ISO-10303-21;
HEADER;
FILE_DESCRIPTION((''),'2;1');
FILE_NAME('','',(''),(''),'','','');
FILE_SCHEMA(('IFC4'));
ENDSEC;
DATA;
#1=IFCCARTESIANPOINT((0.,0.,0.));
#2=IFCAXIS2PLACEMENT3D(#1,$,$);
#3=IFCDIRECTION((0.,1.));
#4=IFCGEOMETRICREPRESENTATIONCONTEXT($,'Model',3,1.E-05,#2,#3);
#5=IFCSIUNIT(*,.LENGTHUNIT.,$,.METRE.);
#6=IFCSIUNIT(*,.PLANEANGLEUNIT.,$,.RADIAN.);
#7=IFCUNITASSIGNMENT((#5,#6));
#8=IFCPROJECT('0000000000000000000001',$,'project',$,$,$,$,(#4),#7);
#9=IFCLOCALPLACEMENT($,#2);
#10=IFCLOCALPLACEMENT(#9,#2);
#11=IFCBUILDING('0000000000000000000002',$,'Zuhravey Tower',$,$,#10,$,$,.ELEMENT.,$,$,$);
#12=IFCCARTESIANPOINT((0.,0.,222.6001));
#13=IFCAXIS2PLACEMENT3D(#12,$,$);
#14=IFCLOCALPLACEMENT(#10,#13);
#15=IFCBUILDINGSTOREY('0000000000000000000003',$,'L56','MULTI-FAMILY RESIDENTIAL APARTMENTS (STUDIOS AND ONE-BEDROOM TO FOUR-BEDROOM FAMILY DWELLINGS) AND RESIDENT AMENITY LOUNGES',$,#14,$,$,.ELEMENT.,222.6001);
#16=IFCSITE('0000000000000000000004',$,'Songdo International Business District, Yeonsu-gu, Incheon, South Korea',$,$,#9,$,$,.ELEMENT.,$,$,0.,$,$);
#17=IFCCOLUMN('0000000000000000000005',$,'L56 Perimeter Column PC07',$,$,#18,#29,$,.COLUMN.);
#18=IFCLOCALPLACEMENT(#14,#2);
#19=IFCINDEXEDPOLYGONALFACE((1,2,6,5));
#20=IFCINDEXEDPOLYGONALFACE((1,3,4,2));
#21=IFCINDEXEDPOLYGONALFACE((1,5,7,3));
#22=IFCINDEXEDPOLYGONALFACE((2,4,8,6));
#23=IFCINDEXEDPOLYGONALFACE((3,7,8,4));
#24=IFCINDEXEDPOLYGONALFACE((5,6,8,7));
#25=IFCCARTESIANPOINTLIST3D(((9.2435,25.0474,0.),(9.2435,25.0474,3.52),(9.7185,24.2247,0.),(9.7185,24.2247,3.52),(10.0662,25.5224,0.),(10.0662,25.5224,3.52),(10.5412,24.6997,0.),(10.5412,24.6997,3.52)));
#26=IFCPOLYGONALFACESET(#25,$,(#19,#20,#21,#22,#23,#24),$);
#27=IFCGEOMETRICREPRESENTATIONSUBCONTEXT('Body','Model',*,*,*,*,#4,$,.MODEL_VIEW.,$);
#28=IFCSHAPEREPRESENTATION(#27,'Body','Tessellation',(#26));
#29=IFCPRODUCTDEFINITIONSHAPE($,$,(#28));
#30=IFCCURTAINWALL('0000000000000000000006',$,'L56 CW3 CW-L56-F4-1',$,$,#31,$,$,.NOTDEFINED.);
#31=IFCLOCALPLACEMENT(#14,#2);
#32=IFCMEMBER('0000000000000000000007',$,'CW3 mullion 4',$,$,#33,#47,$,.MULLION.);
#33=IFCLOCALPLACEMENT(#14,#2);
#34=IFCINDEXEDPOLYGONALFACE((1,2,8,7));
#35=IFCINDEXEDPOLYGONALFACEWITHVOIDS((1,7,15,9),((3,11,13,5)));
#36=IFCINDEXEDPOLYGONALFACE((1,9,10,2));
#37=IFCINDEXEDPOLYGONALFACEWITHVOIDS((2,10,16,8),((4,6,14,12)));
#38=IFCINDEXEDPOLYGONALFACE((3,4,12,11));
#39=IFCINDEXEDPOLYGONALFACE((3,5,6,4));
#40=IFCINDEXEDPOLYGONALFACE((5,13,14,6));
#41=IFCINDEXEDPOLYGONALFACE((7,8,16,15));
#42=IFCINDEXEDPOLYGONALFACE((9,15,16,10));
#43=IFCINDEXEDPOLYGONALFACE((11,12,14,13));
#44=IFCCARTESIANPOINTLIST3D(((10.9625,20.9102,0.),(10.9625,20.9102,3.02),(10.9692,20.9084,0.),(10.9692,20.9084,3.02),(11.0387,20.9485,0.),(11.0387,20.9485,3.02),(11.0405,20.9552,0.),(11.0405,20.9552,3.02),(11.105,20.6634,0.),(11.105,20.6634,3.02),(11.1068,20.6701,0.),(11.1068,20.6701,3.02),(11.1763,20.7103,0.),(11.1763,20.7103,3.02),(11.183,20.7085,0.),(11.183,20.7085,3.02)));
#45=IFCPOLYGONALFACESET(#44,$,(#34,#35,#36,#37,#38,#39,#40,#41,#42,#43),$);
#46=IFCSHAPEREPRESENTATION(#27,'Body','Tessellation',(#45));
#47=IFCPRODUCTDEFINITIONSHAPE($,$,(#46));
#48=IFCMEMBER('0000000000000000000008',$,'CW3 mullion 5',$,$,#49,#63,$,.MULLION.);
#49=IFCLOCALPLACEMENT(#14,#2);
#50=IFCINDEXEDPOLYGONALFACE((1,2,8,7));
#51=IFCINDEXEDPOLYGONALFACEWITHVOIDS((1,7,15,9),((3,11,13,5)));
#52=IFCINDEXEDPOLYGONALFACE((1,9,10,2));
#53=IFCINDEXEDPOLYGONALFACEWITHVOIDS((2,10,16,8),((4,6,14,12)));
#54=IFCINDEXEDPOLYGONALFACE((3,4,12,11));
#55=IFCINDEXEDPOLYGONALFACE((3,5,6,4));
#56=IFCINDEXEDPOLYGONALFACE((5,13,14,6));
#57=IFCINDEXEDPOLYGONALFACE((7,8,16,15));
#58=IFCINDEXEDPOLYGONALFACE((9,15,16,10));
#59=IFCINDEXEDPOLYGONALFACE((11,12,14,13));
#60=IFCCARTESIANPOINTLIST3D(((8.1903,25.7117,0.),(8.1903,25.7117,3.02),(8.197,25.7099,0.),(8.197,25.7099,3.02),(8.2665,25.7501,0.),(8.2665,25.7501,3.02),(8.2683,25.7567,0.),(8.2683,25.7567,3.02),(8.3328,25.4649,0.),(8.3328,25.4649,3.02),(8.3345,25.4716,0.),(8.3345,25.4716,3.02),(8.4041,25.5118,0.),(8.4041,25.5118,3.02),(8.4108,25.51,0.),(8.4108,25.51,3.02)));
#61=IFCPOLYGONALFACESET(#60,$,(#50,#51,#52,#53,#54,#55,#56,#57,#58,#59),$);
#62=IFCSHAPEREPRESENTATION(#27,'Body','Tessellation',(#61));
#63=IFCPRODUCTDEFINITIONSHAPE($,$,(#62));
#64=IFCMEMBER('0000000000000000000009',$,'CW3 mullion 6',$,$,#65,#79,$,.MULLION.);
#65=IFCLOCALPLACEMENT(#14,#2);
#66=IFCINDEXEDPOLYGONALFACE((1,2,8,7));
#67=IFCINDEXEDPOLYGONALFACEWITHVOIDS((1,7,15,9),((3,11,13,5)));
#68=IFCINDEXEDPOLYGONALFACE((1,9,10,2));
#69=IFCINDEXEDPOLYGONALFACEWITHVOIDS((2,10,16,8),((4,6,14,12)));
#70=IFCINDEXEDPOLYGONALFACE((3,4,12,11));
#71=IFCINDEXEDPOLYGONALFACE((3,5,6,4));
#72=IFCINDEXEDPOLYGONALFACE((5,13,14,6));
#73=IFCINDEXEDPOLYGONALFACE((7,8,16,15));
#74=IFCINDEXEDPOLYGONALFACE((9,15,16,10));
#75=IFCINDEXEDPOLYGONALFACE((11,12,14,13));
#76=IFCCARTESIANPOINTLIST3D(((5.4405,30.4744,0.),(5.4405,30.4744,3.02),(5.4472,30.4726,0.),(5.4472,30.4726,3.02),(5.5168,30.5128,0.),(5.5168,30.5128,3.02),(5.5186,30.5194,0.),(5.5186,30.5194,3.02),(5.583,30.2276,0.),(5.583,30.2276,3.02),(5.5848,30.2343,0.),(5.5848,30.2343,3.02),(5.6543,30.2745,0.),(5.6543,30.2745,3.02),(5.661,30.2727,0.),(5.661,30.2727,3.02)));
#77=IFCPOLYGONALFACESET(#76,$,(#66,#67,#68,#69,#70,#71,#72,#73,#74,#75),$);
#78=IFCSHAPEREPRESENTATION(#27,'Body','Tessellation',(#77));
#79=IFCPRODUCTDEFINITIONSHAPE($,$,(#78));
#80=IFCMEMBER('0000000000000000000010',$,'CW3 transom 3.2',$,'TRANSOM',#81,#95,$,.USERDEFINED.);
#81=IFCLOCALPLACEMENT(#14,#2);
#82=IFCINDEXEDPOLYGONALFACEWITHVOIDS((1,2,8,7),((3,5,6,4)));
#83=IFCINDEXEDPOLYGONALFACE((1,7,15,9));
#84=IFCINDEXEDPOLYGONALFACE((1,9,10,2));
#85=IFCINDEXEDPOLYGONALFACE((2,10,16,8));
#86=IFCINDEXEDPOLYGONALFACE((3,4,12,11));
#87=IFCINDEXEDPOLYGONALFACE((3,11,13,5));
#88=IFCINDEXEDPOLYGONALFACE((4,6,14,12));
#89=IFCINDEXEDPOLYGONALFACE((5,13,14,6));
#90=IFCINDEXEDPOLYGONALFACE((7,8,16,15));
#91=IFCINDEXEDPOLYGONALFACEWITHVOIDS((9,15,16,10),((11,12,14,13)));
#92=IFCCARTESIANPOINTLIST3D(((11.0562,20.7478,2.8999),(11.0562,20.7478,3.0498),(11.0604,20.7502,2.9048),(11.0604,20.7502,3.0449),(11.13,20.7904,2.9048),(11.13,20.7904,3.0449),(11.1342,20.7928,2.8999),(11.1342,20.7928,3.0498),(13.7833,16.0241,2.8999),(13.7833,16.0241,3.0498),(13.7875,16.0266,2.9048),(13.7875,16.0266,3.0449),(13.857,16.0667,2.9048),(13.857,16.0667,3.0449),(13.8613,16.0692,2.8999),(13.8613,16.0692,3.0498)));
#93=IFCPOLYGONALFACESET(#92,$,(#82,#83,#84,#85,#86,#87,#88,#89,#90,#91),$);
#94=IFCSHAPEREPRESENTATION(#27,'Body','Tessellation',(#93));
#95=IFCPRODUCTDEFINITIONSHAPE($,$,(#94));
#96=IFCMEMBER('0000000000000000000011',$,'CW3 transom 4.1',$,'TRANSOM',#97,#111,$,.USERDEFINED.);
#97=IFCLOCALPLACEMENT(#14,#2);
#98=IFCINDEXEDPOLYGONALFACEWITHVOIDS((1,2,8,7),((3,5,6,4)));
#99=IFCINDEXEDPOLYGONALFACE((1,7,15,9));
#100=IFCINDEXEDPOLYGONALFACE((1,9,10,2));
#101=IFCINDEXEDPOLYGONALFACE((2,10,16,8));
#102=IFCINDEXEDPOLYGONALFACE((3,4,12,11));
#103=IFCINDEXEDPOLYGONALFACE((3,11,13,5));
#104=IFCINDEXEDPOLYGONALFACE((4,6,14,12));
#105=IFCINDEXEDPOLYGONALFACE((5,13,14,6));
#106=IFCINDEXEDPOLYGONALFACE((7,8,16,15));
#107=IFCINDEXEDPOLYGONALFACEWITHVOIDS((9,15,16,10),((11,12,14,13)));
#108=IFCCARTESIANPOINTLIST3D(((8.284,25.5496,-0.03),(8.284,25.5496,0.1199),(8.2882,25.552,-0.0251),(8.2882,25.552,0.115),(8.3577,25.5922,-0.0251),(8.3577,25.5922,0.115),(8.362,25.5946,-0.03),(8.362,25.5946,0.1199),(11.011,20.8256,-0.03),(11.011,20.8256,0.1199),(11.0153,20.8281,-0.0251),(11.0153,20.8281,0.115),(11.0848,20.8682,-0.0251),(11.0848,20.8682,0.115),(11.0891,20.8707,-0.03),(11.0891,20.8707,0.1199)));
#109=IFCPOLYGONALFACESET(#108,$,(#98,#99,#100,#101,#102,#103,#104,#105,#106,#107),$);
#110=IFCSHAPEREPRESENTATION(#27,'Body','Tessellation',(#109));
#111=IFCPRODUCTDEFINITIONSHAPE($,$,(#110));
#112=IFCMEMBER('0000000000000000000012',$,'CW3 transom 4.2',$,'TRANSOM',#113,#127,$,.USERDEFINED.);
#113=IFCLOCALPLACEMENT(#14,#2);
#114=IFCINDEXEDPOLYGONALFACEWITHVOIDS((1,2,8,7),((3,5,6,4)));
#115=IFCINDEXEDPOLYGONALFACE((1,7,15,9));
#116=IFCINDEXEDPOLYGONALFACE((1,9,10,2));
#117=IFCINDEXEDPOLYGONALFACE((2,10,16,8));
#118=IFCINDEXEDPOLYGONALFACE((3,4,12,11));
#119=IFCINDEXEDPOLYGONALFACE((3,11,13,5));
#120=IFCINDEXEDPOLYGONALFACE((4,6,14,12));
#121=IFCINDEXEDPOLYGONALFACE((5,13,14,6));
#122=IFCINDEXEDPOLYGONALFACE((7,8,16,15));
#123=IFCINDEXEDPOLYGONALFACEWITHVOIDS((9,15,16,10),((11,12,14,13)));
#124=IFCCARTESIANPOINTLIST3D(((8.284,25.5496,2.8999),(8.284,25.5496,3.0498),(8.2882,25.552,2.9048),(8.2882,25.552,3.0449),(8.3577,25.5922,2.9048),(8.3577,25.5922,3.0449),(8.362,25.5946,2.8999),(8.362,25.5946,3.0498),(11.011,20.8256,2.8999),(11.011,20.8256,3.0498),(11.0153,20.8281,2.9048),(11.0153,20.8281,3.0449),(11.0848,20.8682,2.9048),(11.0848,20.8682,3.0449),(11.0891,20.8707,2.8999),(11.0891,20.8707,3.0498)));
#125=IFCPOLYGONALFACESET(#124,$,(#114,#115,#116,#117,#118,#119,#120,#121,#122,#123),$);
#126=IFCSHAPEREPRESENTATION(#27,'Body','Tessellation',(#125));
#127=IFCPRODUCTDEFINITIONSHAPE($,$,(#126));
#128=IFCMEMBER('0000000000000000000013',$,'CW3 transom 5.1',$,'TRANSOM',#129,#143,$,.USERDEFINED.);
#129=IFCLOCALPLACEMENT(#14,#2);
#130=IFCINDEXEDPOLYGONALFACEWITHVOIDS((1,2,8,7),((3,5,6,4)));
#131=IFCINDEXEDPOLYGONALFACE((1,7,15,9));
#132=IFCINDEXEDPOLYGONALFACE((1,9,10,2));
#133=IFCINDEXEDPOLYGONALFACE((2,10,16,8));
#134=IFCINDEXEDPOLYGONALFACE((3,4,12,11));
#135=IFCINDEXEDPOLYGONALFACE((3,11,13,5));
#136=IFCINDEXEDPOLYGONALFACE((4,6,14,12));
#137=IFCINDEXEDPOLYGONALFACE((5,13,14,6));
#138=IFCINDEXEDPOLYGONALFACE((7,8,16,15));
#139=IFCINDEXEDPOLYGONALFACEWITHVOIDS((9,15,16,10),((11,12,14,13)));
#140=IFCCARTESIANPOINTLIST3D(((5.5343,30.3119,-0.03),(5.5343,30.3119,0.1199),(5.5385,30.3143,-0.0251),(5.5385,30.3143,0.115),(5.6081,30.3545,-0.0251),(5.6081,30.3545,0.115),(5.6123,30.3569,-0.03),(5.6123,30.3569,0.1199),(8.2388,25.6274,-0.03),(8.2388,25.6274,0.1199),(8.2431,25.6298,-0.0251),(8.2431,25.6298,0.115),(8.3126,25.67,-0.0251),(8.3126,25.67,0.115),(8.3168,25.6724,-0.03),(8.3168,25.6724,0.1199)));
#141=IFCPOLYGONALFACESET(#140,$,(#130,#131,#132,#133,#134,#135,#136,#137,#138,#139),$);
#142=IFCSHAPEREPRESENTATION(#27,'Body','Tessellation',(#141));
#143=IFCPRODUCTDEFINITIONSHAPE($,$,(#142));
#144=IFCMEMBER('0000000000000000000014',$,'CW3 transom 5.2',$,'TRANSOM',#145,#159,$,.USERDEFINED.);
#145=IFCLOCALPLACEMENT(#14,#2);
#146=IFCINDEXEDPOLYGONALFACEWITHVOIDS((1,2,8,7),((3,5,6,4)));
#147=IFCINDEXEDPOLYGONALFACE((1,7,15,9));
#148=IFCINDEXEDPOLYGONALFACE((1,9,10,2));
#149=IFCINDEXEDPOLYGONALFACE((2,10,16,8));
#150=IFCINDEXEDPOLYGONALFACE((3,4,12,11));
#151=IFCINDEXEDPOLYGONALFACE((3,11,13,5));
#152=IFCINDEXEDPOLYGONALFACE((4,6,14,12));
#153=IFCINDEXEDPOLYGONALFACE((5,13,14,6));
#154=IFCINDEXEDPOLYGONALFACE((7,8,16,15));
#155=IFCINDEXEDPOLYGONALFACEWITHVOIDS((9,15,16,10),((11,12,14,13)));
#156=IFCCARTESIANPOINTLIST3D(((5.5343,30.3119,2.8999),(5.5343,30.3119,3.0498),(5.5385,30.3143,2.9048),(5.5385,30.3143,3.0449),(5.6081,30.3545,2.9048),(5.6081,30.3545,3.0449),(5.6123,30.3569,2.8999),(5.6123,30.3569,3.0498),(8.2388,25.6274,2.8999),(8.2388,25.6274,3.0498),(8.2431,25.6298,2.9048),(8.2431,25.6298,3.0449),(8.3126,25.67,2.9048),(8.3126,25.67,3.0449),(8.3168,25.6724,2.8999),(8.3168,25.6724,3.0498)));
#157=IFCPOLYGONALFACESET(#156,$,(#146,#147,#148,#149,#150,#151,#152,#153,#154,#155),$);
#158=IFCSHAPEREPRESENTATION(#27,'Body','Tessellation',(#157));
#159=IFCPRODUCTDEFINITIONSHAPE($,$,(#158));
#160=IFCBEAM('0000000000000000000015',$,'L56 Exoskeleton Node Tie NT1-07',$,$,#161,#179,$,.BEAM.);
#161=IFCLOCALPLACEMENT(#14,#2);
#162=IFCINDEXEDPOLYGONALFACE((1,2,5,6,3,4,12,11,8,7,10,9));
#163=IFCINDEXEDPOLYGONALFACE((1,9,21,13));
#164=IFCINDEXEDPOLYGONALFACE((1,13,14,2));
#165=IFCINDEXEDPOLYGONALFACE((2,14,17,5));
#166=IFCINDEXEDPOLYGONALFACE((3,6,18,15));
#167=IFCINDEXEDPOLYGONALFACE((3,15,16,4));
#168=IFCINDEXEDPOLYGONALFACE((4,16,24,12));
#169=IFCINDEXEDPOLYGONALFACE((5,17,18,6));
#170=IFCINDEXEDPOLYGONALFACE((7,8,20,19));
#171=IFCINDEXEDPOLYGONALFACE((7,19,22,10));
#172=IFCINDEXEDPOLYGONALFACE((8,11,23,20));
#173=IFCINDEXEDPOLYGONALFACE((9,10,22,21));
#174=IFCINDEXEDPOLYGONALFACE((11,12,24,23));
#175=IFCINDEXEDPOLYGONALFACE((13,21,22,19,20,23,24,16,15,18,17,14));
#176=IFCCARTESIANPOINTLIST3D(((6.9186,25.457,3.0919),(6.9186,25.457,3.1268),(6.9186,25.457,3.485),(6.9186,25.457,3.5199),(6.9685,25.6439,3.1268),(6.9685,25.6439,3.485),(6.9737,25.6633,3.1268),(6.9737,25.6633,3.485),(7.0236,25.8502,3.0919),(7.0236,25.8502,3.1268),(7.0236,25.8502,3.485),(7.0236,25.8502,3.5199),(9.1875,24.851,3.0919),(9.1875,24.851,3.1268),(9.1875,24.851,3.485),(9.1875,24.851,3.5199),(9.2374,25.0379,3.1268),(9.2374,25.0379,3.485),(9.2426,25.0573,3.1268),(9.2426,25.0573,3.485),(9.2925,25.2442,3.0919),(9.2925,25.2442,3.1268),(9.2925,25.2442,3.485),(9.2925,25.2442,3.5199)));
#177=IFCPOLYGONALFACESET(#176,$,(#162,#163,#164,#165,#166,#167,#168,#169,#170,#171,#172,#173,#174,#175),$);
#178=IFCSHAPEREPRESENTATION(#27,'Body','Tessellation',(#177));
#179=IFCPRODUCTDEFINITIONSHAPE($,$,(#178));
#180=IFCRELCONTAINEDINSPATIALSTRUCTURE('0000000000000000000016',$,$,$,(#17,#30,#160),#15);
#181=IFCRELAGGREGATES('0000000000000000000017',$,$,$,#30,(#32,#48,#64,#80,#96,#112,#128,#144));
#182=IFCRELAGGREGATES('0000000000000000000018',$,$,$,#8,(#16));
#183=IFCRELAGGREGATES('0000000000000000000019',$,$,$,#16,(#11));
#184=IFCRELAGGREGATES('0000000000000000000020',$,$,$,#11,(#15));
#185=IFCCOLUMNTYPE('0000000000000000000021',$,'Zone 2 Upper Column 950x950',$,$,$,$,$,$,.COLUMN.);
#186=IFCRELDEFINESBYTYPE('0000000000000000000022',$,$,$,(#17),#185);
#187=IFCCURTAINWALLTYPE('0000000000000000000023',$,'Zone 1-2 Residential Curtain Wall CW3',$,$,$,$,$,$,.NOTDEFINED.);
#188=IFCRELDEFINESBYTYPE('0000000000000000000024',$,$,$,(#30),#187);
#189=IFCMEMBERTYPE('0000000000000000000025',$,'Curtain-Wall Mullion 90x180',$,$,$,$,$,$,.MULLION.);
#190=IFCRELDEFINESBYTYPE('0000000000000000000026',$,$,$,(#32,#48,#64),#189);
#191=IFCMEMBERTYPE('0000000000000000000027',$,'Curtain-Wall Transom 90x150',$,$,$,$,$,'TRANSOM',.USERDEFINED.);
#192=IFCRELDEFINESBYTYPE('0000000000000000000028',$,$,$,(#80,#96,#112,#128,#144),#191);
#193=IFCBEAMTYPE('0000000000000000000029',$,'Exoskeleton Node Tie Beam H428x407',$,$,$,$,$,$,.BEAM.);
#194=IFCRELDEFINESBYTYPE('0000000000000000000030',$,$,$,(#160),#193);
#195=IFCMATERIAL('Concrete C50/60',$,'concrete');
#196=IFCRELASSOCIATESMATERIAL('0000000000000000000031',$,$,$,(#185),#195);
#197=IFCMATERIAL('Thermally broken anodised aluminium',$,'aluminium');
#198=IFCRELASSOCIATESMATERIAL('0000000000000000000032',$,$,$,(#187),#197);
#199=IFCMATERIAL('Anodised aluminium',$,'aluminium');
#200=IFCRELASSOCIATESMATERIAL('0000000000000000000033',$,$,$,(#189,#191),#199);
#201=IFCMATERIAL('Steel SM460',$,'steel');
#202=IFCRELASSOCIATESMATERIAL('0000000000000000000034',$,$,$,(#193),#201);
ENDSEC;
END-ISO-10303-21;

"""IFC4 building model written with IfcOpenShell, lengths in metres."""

from ifc_helpers import new_model, si_unit, direction, frame, origin, origin_2d, place, context, subcontext, project, spatial, rectangle, hollow_rectangle, i_section, extrude, material, material_profile, profile_set, type_object, element, aggregate, save


model = new_model("IFC4")

# Units and contexts
model_context = context("Model", 3, precision=1e-05, world=origin(), true_north=direction((0.0, 1.0)))
body_context = subcontext(model_context, "Body", "Model", "MODEL_VIEW")
ifc_project = project(units=[si_unit("LENGTHUNIT", "METRE"), si_unit("PLANEANGLEUNIT", "RADIAN")], contexts=[model_context])

# Site, building, storey
site_placement = place(None, origin())
site = spatial("IfcSite", under=ifc_project, at=site_placement, Name="Songdo International Business District, Yeonsu-gu, Incheon, South Korea", CompositionType="ELEMENT", RefElevation=0.0)
building_placement = place(site_placement, origin())
building = spatial("IfcBuilding", under=site, at=building_placement, Name="Zuhravey Tower", CompositionType="ELEMENT")
storey_placement = place(building_placement, frame((0.0, 0.0, 222.6001)))
storey = spatial("IfcBuildingStorey", under=building, at=storey_placement, Name="L56", Description="MULTI-FAMILY RESIDENTIAL APARTMENTS (STUDIOS AND ONE-BEDROOM TO FOUR-BEDROOM FAMILY DWELLINGS) AND RESIDENT AMENITY LOUNGES", CompositionType="ELEMENT", Elevation=222.6001)

# Column
ifc_material_1 = material(Name="Concrete C50/60", Category="concrete")
ifc_material_profile_1 = material_profile(ifc_material_1, rectangle(XDim=0.95, YDim=0.95, at=origin_2d()), Name="RC-950x950")
ifc_profile_set_1 = profile_set([ifc_material_profile_1], Name="Concrete C50/60")
column_type = type_object("IfcColumnType", Name="Zone 2 Upper Column 950x950", PredefinedType="COLUMN", material=ifc_profile_set_1)
column_placement = place(storey_placement, frame((9.8923, 24.8735, 0.0), z_axis=(0.0, 0.0, 1.0), x_axis=(0.5, -0.866025, 0.0)))
element("IfcColumn", 1, at=column_placement, inside=storey, type_object=column_type, Name="L56 Perimeter Column PC07", PredefinedType="COLUMN", context=body_context, shape_type="SweptSolid", body=[
    extrude(rectangle(XDim=0.95, YDim=0.95, at=origin_2d()), origin(), (0.0, 0.0, 1.0), 3.52),
])

# Curtain wall, members
ifc_material_2 = material(Name="Thermally broken anodised aluminium", Category="aluminium")
curtain_wall_type = type_object("IfcCurtainWallType", Name="Zone 1-2 Residential Curtain Wall CW3", PredefinedType="NOTDEFINED", material=ifc_material_2)
curtain_wall_placement = place(storey_placement, origin())
curtain_wall = element("IfcCurtainWall", 2, at=curtain_wall_placement, inside=storey, type_object=curtain_wall_type, Name="L56 CW3 CW-L56-F4-1", PredefinedType="NOTDEFINED")
ifc_material_3 = material(Name="Anodised aluminium", Category="aluminium")
ifc_material_profile_2 = material_profile(ifc_material_3, hollow_rectangle(XDim=0.0901, YDim=0.2849, WallThickness=0.0049, at=origin_2d()), Name="ALU-RHS-90x285x5")
ifc_profile_set_2 = profile_set([ifc_material_profile_2], Name="Anodised aluminium")
member_type_1 = type_object("IfcMemberType", Name="Curtain-Wall Mullion 90x180", PredefinedType="MULLION", material=ifc_profile_set_2)
member_1_placement = place(storey_placement, frame((11.0728, 20.8093, 0.0), z_axis=(0.0, 0.0, 1.0), x_axis=(-0.866025, -0.5, 0.0)))
member_1 = element("IfcMember", 3, at=member_1_placement, type_object=member_type_1, Name="CW3 mullion 4", PredefinedType="MULLION", context=body_context, shape_type="SweptSolid", body=[
    extrude(hollow_rectangle(XDim=0.0901, YDim=0.2849, WallThickness=0.0049, at=origin_2d()), origin(), (0.0, 0.0, 1.0), 3.02),
])
member_2_placement = place(storey_placement, frame((8.3005, 25.6108, 0.0), z_axis=(0.0, 0.0, 1.0), x_axis=(-0.866025, -0.5, 0.0)))
member_2 = element("IfcMember", 4, at=member_2_placement, type_object=member_type_1, Name="CW3 mullion 5", PredefinedType="MULLION", context=body_context, shape_type="SweptSolid", body=[
    extrude(hollow_rectangle(XDim=0.0901, YDim=0.2849, WallThickness=0.0049, at=origin_2d()), origin(), (0.0, 0.0, 1.0), 3.02),
])
member_3_placement = place(storey_placement, frame((5.5508, 30.3735, 0.0), z_axis=(0.0, 0.0, 1.0), x_axis=(-0.866025, -0.5, 0.0)))
member_3 = element("IfcMember", 5, at=member_3_placement, type_object=member_type_1, Name="CW3 mullion 6", PredefinedType="MULLION", context=body_context, shape_type="SweptSolid", body=[
    extrude(hollow_rectangle(XDim=0.0901, YDim=0.2849, WallThickness=0.0049, at=origin_2d()), origin(), (0.0, 0.0, 1.0), 3.02),
])
ifc_material_profile_3 = material_profile(ifc_material_3, hollow_rectangle(XDim=0.0901, YDim=0.1499, WallThickness=0.0049, at=origin_2d()), Name="ALU-RHS-90x150x5")
ifc_profile_set_3 = profile_set([ifc_material_profile_3], Name="Anodised aluminium")
member_type_2 = type_object("IfcMemberType", Name="Curtain-Wall Transom 90x150", ElementType="TRANSOM", PredefinedType="USERDEFINED", material=ifc_profile_set_3)
member_4_placement = place(storey_placement, frame((13.8223, 16.0466, 2.9749), z_axis=(-0.499981, 0.866037, 0.0), x_axis=(-0.866037, -0.499981, 0.0)))
member_4 = element("IfcMember", 6, at=member_4_placement, type_object=member_type_2, Name="CW3 transom 3.2", ObjectType="TRANSOM", PredefinedType="USERDEFINED", context=body_context, shape_type="SweptSolid", body=[
    extrude(hollow_rectangle(XDim=0.0901, YDim=0.1499, WallThickness=0.0049, at=origin_2d()), origin(), (0.0, 0.0, 1.0), 5.4543),
])
member_5_placement = place(storey_placement, frame((11.05, 20.8481, 0.0449), z_axis=(-0.499961, 0.866048, 0.0), x_axis=(-0.866048, -0.499961, 0.0)))
member_5 = element("IfcMember", 7, at=member_5_placement, type_object=member_type_2, Name="CW3 transom 4.1", ObjectType="TRANSOM", PredefinedType="USERDEFINED", context=body_context, shape_type="SweptSolid", body=[
    extrude(hollow_rectangle(XDim=0.0901, YDim=0.1499, WallThickness=0.0049, at=origin_2d()), origin(), (0.0, 0.0, 1.0), 5.4546),
])
member_6_placement = place(storey_placement, frame((11.05, 20.8481, 2.9749), z_axis=(-0.499961, 0.866048, 0.0), x_axis=(-0.866048, -0.499961, 0.0)))
member_6 = element("IfcMember", 8, at=member_6_placement, type_object=member_type_2, Name="CW3 transom 4.2", ObjectType="TRANSOM", PredefinedType="USERDEFINED", context=body_context, shape_type="SweptSolid", body=[
    extrude(hollow_rectangle(XDim=0.0901, YDim=0.1499, WallThickness=0.0049, at=origin_2d()), origin(), (0.0, 0.0, 1.0), 5.4546),
])
member_7_placement = place(storey_placement, frame((8.2778, 25.6499, 0.0449), z_axis=(-0.499993, 0.866029, 0.0), x_axis=(-0.866029, -0.499993, 0.0)))
member_7 = element("IfcMember", 9, at=member_7_placement, type_object=member_type_2, Name="CW3 transom 5.1", ObjectType="TRANSOM", PredefinedType="USERDEFINED", context=body_context, shape_type="SweptSolid", body=[
    extrude(hollow_rectangle(XDim=0.0901, YDim=0.1499, WallThickness=0.0049, at=origin_2d()), origin(), (0.0, 0.0, 1.0), 5.4092),
])
member_8_placement = place(storey_placement, frame((8.2778, 25.6499, 2.9749), z_axis=(-0.499993, 0.866029, 0.0), x_axis=(-0.866029, -0.499993, 0.0)))
member_8 = element("IfcMember", 10, at=member_8_placement, type_object=member_type_2, Name="CW3 transom 5.2", ObjectType="TRANSOM", PredefinedType="USERDEFINED", context=body_context, shape_type="SweptSolid", body=[
    extrude(hollow_rectangle(XDim=0.0901, YDim=0.1499, WallThickness=0.0049, at=origin_2d()), origin(), (0.0, 0.0, 1.0), 5.4092),
])

# Beam
ifc_material_4 = material(Name="Steel SM460", Category="steel")
ifc_material_profile_4 = material_profile(ifc_material_4, i_section(OverallWidth=0.407, OverallDepth=0.428, WebThickness=0.02, FlangeThickness=0.0349, at=origin_2d()), Name="H-428x407x20x35")
ifc_profile_set_4 = profile_set([ifc_material_profile_4], Name="Steel SM460")
beam_type_1 = type_object("IfcBeamType", Name="Exoskeleton Node Tie Beam H428x407", PredefinedType="BEAM", material=ifc_profile_set_4)
beam_1_placement = place(storey_placement, frame((9.24, 25.0476, 3.3059), z_axis=(-0.966135, 0.258038, 0.0), x_axis=(-0.258038, -0.966135, 0.0)))
element("IfcBeam", 11, at=beam_1_placement, inside=storey, type_object=beam_type_1, Name="L56 Exoskeleton Node Tie NT1-07", PredefinedType="BEAM", context=body_context, shape_type="SweptSolid", body=[
    extrude(i_section(OverallWidth=0.407, OverallDepth=0.428, WebThickness=0.02, FlangeThickness=0.0349, at=origin_2d()), origin(), (0.0, 0.0, 1.0), 2.3484),
])

aggregate(curtain_wall, [member_1, member_2, member_3, member_4, member_5, member_6, member_7, member_8])

save(model, "model.ifc")
